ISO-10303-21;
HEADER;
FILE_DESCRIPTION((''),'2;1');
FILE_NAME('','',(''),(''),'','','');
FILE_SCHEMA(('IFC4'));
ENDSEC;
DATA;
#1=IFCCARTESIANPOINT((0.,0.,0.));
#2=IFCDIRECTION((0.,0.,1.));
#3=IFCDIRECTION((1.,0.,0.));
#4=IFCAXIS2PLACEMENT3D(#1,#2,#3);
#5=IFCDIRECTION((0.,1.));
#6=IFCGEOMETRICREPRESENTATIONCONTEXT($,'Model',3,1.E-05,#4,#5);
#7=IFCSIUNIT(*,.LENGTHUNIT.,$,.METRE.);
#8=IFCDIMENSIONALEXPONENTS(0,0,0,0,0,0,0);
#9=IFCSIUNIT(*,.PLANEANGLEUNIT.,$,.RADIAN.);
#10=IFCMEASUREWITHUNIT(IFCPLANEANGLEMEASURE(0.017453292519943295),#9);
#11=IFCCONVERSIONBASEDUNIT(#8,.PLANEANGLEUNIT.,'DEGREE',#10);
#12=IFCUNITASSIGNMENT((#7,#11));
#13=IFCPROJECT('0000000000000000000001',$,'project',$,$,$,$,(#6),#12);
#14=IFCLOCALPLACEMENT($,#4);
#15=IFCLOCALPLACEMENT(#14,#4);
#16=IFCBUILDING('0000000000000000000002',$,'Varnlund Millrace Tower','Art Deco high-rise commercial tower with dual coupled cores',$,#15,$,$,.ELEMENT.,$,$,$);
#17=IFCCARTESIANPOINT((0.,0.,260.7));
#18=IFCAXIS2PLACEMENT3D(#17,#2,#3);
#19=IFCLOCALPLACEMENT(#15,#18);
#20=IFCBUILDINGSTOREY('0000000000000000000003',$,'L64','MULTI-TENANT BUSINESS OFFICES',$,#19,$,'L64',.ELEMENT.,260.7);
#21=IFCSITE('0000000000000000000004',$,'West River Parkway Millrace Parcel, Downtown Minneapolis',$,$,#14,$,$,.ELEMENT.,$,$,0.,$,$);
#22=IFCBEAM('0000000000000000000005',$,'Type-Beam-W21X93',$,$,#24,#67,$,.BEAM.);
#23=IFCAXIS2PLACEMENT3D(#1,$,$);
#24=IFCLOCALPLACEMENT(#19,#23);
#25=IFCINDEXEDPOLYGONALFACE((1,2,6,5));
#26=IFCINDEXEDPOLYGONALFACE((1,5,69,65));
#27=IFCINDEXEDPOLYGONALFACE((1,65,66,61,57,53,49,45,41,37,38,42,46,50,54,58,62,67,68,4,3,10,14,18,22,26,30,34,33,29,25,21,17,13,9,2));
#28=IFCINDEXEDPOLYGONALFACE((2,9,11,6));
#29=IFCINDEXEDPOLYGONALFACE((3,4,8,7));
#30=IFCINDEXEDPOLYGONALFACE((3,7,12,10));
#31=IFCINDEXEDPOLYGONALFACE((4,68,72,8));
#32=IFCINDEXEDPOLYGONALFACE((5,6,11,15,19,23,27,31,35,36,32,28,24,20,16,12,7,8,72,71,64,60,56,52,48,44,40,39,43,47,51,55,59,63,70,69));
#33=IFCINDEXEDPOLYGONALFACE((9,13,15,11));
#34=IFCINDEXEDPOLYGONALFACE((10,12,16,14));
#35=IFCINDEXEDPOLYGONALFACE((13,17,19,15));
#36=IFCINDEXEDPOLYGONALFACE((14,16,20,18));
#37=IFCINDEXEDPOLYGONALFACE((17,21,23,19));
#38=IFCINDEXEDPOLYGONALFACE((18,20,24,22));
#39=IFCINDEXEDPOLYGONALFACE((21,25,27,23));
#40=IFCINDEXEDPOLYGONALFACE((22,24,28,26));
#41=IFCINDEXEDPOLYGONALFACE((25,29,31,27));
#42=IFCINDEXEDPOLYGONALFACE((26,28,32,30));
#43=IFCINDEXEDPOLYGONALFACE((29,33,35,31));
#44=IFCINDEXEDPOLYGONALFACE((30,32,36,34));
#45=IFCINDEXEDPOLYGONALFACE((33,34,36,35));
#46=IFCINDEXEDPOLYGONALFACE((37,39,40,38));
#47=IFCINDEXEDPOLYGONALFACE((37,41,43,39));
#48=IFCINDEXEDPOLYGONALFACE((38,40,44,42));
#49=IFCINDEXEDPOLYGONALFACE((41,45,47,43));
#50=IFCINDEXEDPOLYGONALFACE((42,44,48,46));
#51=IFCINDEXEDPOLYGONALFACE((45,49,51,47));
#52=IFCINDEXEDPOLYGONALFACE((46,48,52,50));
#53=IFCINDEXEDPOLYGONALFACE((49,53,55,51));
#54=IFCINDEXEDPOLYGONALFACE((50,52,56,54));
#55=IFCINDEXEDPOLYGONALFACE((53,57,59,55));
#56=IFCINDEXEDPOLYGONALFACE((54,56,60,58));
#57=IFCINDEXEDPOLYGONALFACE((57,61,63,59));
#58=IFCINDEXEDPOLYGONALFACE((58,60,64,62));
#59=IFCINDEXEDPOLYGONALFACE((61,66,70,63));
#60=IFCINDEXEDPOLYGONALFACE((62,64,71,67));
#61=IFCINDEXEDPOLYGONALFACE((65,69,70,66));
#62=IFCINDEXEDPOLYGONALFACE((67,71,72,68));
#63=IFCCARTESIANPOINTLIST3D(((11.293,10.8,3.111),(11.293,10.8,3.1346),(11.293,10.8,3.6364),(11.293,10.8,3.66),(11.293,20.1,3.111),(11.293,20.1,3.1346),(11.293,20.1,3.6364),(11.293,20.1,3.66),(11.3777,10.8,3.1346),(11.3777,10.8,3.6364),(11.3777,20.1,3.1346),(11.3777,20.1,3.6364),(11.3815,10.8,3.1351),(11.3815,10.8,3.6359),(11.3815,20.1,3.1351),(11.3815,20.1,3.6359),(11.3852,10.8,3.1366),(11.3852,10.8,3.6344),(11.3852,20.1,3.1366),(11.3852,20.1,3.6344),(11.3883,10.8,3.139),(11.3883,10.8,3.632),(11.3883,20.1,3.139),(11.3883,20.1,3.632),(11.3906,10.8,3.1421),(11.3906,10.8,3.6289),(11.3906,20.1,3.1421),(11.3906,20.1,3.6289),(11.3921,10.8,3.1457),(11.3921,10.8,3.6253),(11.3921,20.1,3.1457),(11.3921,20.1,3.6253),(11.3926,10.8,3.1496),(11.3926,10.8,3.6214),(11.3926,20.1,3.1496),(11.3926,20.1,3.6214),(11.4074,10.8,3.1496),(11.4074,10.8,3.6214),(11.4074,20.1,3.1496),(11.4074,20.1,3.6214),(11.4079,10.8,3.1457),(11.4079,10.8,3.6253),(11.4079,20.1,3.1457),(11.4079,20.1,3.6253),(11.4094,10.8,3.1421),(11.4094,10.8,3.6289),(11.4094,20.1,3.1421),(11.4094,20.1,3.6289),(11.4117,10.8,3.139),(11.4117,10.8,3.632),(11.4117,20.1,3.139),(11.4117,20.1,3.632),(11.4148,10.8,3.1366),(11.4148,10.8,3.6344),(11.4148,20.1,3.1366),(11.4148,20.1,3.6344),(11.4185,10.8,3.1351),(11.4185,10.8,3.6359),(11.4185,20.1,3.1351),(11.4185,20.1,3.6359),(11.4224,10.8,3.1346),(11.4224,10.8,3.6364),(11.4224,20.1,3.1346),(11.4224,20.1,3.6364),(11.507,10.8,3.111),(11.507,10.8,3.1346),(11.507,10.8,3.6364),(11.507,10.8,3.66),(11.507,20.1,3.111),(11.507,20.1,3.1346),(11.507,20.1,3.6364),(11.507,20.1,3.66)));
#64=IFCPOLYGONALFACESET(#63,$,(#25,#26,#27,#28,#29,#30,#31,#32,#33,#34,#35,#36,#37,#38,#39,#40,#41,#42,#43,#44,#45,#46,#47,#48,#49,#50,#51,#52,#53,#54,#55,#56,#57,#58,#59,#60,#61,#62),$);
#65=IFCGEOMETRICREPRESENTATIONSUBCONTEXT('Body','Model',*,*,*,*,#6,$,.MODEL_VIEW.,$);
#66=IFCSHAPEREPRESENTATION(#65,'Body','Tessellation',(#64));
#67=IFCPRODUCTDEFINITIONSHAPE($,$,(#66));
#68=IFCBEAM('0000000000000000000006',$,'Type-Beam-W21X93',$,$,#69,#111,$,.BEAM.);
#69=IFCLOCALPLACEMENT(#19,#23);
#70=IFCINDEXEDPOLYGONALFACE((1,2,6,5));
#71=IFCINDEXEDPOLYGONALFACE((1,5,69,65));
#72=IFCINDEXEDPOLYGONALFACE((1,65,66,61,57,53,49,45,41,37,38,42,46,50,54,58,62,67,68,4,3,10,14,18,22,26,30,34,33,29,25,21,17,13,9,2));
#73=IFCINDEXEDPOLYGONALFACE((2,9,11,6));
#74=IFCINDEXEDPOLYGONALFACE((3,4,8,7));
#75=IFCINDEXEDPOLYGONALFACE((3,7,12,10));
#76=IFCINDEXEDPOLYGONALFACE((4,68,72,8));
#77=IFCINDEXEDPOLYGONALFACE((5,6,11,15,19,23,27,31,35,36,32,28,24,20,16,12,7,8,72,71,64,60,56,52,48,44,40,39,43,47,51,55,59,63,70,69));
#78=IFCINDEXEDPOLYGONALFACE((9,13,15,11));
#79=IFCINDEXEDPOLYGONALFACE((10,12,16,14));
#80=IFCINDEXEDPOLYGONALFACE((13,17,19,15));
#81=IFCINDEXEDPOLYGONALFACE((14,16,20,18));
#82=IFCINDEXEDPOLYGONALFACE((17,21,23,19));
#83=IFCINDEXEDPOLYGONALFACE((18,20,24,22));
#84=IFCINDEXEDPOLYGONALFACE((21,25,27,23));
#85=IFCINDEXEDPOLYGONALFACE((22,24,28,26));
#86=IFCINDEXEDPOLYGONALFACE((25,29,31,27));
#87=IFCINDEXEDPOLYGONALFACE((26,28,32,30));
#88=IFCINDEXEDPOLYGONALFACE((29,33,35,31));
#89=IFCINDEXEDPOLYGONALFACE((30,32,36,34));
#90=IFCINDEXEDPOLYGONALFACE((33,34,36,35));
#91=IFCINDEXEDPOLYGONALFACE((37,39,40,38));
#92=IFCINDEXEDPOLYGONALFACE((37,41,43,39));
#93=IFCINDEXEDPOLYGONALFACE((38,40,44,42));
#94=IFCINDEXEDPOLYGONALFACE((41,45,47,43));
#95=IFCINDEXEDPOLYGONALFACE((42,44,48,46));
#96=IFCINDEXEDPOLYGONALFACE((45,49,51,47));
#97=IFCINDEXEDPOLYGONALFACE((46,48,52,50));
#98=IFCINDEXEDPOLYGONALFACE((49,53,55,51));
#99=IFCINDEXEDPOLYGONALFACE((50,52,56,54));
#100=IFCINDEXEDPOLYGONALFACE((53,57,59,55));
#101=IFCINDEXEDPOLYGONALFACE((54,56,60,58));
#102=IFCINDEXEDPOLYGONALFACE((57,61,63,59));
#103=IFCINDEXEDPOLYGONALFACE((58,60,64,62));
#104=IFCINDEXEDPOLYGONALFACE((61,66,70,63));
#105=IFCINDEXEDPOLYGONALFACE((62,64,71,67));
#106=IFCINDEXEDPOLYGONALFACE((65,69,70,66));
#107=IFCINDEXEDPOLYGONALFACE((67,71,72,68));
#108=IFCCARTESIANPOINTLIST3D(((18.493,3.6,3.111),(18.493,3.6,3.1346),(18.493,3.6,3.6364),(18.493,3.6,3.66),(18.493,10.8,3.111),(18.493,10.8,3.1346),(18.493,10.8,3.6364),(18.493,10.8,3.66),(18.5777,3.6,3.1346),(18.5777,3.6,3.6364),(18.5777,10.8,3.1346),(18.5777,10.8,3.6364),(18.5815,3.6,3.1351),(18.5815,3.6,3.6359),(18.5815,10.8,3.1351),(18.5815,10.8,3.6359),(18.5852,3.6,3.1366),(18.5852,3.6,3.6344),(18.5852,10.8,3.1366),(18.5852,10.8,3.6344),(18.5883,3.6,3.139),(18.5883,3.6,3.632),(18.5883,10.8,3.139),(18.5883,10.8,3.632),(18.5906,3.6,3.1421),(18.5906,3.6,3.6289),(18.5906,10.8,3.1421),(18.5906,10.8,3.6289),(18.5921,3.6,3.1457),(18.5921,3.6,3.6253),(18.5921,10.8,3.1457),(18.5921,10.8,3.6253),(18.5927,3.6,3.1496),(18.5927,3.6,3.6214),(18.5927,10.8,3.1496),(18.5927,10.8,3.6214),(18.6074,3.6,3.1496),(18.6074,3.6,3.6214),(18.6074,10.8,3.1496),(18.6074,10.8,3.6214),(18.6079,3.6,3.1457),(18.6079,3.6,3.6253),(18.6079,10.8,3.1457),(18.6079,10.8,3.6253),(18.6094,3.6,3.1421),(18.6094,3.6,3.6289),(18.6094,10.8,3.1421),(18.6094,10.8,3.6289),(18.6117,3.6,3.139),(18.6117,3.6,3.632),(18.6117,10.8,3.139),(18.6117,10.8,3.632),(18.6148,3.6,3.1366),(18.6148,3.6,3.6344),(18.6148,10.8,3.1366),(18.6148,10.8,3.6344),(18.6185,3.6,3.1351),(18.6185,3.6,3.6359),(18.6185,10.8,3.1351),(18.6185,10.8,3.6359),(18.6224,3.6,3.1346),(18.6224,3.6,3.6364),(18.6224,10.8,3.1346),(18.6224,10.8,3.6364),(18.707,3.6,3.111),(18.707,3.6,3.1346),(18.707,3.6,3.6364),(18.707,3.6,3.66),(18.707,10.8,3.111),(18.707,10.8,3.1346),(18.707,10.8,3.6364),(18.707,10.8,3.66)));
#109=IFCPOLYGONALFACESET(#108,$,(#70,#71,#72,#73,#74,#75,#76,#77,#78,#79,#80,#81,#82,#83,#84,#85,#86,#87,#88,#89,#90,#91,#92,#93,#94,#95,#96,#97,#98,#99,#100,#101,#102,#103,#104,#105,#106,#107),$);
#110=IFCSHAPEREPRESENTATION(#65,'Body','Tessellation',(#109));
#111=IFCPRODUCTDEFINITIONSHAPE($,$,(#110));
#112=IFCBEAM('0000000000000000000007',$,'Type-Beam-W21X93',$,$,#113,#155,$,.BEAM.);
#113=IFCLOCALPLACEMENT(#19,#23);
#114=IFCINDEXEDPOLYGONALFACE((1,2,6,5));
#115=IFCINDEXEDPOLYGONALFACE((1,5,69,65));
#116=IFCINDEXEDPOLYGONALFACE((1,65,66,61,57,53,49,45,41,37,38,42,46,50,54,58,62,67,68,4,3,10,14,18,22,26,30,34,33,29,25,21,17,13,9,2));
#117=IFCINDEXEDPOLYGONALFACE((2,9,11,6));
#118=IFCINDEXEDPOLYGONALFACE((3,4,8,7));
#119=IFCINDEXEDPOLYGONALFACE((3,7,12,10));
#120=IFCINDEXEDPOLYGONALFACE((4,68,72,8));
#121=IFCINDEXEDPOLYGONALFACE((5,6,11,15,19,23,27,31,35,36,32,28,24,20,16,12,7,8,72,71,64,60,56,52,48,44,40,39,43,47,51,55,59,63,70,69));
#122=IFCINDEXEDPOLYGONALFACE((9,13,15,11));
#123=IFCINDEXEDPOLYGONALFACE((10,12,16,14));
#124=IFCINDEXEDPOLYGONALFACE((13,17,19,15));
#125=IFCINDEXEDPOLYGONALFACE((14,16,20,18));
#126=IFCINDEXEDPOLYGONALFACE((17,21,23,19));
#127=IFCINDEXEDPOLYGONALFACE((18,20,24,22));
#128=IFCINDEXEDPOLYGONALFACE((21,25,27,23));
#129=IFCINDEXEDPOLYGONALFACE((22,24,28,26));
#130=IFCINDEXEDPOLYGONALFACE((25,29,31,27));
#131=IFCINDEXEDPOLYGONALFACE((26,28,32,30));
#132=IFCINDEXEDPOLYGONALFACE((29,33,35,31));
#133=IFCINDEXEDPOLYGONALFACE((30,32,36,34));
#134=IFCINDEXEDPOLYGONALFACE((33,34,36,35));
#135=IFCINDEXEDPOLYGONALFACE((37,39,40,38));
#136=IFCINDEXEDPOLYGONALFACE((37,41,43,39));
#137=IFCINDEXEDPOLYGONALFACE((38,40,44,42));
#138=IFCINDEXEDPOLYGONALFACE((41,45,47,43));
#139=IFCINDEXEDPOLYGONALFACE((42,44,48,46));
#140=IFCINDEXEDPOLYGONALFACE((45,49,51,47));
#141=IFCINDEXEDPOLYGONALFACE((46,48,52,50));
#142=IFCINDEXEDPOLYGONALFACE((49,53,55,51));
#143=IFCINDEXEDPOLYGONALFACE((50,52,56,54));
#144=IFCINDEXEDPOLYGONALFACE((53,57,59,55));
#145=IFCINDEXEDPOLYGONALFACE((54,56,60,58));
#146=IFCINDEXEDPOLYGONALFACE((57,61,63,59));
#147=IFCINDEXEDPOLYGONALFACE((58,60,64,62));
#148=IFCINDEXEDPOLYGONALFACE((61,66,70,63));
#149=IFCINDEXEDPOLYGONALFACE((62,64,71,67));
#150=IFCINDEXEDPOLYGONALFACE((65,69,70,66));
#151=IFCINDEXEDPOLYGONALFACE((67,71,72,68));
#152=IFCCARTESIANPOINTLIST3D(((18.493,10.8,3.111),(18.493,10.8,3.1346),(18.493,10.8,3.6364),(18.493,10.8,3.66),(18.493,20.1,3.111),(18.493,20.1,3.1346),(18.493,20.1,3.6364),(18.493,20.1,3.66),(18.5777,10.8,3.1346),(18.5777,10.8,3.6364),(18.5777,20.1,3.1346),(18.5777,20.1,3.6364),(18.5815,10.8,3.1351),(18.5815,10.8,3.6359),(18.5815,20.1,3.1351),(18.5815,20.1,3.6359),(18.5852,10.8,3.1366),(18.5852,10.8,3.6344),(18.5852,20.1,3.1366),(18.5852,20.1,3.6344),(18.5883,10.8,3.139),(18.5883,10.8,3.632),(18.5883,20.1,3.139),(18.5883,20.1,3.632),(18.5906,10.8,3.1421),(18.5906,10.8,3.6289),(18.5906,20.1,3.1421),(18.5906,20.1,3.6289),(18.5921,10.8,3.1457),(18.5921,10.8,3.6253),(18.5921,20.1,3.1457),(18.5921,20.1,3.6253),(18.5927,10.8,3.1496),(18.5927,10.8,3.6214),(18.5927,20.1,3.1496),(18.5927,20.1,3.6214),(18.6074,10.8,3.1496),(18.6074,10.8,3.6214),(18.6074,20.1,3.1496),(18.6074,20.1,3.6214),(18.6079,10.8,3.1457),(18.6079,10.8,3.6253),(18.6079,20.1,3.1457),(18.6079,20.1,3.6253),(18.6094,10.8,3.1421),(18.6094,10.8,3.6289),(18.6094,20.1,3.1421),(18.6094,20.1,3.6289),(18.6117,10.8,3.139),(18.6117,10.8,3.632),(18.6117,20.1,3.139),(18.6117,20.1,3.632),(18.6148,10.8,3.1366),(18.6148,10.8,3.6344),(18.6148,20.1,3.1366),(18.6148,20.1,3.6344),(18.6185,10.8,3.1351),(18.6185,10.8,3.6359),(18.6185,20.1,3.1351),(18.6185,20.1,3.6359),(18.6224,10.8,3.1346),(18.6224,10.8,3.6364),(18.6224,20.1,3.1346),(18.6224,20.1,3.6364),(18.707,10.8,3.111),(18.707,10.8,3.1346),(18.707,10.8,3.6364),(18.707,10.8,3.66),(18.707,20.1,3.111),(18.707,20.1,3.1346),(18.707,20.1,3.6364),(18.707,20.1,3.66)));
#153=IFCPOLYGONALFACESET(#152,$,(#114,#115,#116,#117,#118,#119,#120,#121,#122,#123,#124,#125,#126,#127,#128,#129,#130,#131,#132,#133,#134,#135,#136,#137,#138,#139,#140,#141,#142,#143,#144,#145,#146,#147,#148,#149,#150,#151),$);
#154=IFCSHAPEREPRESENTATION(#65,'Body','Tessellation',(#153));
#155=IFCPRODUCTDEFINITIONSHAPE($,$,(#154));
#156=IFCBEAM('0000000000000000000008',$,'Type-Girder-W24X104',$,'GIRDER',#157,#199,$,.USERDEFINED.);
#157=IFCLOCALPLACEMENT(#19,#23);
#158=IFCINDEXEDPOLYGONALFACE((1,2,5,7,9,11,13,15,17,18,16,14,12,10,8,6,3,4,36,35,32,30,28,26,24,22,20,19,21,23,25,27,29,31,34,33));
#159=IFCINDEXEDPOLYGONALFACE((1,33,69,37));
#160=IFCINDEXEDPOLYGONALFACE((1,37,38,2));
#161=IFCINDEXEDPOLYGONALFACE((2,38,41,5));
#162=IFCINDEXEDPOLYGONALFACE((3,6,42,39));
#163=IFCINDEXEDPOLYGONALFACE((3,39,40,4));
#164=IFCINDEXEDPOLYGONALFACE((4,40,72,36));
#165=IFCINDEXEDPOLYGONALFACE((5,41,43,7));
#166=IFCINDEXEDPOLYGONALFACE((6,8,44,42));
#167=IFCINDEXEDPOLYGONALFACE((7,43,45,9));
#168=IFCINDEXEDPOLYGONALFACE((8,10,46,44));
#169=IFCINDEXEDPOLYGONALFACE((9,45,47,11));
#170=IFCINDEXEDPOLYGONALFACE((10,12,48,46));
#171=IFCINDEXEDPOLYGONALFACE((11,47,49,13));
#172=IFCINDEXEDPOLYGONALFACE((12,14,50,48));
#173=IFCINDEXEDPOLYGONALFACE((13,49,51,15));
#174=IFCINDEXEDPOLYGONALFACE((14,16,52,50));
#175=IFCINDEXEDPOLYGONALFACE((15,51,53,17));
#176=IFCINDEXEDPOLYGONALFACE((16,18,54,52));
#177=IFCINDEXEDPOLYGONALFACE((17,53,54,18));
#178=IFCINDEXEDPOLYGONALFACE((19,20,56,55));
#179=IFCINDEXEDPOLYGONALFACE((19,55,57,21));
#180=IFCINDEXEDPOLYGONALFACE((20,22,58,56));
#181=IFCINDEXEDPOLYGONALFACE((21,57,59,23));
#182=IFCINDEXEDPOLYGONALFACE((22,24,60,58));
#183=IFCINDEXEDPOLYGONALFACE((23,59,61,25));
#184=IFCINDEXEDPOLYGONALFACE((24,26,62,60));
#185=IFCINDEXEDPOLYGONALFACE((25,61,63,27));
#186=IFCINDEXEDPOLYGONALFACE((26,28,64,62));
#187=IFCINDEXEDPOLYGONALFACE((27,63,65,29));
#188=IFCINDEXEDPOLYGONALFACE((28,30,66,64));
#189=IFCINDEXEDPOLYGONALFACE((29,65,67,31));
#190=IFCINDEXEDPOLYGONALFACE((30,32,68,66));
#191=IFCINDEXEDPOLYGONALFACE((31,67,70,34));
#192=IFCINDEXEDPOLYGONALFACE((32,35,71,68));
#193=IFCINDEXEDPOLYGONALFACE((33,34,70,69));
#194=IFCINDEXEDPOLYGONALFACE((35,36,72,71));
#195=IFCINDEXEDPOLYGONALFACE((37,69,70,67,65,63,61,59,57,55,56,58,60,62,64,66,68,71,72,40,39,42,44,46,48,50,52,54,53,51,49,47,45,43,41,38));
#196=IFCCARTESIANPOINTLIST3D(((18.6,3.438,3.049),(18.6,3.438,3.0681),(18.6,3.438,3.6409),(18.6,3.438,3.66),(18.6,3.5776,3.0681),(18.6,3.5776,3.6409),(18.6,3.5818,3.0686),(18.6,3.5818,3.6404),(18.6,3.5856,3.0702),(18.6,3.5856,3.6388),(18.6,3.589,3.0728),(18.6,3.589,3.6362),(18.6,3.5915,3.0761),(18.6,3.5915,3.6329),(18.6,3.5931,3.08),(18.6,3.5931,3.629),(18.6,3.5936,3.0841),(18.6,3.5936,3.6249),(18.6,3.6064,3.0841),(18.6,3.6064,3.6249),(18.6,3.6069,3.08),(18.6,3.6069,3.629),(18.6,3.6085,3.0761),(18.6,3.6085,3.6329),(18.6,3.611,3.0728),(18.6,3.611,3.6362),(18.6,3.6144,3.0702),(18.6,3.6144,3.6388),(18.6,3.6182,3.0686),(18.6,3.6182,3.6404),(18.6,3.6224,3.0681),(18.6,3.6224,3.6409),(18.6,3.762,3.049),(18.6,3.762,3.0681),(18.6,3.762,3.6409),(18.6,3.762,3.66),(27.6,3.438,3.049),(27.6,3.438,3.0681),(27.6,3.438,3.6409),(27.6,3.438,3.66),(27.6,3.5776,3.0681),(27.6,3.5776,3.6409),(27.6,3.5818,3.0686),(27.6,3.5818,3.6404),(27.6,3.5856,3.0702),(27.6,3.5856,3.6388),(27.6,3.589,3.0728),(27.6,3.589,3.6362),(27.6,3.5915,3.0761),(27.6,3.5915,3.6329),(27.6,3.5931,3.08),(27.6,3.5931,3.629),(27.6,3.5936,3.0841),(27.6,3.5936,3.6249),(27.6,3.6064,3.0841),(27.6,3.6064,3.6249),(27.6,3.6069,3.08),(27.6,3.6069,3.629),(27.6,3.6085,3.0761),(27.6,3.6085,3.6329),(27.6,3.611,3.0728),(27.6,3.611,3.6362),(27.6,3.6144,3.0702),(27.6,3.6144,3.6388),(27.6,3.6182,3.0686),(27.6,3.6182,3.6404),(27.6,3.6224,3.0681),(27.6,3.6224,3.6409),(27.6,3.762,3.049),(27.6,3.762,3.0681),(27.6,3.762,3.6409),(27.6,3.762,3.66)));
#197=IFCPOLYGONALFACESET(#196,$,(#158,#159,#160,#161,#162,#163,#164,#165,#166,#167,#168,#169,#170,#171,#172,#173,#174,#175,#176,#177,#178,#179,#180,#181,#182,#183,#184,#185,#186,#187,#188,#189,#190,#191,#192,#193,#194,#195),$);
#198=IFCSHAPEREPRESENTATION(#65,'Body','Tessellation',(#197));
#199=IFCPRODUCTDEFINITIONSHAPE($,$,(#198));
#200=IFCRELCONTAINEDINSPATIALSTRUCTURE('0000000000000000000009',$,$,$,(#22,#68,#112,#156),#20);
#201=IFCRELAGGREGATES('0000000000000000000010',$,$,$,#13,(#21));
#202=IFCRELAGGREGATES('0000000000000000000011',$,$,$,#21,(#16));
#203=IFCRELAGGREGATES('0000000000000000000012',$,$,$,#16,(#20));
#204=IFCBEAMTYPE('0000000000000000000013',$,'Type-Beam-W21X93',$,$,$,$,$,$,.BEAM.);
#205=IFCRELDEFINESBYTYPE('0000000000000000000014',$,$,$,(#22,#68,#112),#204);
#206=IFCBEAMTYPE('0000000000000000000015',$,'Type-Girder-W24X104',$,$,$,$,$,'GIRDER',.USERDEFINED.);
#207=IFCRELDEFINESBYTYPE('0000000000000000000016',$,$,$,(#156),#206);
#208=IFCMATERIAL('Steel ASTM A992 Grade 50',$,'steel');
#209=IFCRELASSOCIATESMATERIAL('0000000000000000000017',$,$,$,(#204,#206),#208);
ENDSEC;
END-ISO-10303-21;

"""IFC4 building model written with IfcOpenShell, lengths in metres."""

from ifc_helpers import new_model, entity, si_unit, converted_unit, direction, frame, origin_with_axes, origin_2d_with_axis, place, context, subcontext, project, spatial, i_section, extrude, material, material_profile, profile_set, type_object, element, save


model = new_model("IFC4")

# Units and contexts
model_context = context("Model", 3, precision=1e-05, world=origin_with_axes(), true_north=direction((0.0, 1.0)))
body_context = subcontext(model_context, "Body", "Model", "MODEL_VIEW")
ifc_project = project(units=[si_unit("LENGTHUNIT", "METRE"), converted_unit("PLANEANGLEUNIT", "DEGREE", entity("IfcPlaneAngleMeasure", 0.017453292519943295), si_unit("PLANEANGLEUNIT", "RADIAN"), dimensions=[0, 0, 0, 0, 0, 0, 0])], contexts=[model_context])

# Site, building, storey
site_placement = place(None, origin_with_axes())
site = spatial("IfcSite", under=ifc_project, at=site_placement, Name="West River Parkway Millrace Parcel, Downtown Minneapolis", CompositionType="ELEMENT", RefElevation=0.0)
building_placement = place(site_placement, origin_with_axes())
building = spatial("IfcBuilding", under=site, at=building_placement, Name="Varnlund Millrace Tower", Description="Art Deco high-rise commercial tower with dual coupled cores", CompositionType="ELEMENT")
storey_placement = place(building_placement, frame((0.0, 0.0, 260.7), z_axis=(0.0, 0.0, 1.0), x_axis=(1.0, 0.0, 0.0)))
storey = spatial("IfcBuildingStorey", under=building, at=storey_placement, Name="L64", Description="MULTI-TENANT BUSINESS OFFICES", LongName="L64", CompositionType="ELEMENT", Elevation=260.7)

# Beams
ifc_material_1 = material(Name="Steel ASTM A992 Grade 50", Category="steel")
ifc_material_profile_1 = material_profile(ifc_material_1, i_section(OverallWidth=0.214, OverallDepth=0.549, WebThickness=0.0147, FlangeThickness=0.0236, FilletRadius=0.015, at=origin_2d_with_axis()), Name="Steel ASTM A992 Grade 50")
ifc_profile_set_1 = profile_set([ifc_material_profile_1], Name="Steel ASTM A992 Grade 50")
beam_type_1 = type_object("IfcBeamType", Name="Type-Beam-W21X93", PredefinedType="BEAM", material=ifc_profile_set_1)
beam_1_placement = place(storey_placement, frame((11.4, 10.8, 3.3855), z_axis=(0.0, 1.0, 0.0), x_axis=(-1.0, 0.0, 0.0)))
element("IfcBeam", 1, at=beam_1_placement, inside=storey, type_object=beam_type_1, Name="Type-Beam-W21X93", PredefinedType="BEAM", context=body_context, shape_type="SweptSolid", body=[
    extrude(i_section(OverallWidth=0.214, OverallDepth=0.549, WebThickness=0.0147, FlangeThickness=0.0236, FilletRadius=0.015, at=origin_2d_with_axis()), origin_with_axes(), (0.0, 0.0, 1.0), 9.3),
])
beam_2_placement = place(storey_placement, frame((18.6, 3.6, 3.3855), z_axis=(0.0, 1.0, 0.0), x_axis=(-1.0, 0.0, 0.0)))
element("IfcBeam", 2, at=beam_2_placement, inside=storey, type_object=beam_type_1, Name="Type-Beam-W21X93", PredefinedType="BEAM", context=body_context, shape_type="SweptSolid", body=[
    extrude(i_section(OverallWidth=0.214, OverallDepth=0.549, WebThickness=0.0147, FlangeThickness=0.0236, FilletRadius=0.015, at=origin_2d_with_axis()), origin_with_axes(), (0.0, 0.0, 1.0), 7.2),
])
beam_3_placement = place(storey_placement, frame((18.6, 10.8, 3.3855), z_axis=(0.0, 1.0, 0.0), x_axis=(-1.0, 0.0, 0.0)))
element("IfcBeam", 3, at=beam_3_placement, inside=storey, type_object=beam_type_1, Name="Type-Beam-W21X93", PredefinedType="BEAM", context=body_context, shape_type="SweptSolid", body=[
    extrude(i_section(OverallWidth=0.214, OverallDepth=0.549, WebThickness=0.0147, FlangeThickness=0.0236, FilletRadius=0.015, at=origin_2d_with_axis()), origin_with_axes(), (0.0, 0.0, 1.0), 9.3),
])
ifc_material_profile_2 = material_profile(ifc_material_1, i_section(OverallWidth=0.324, OverallDepth=0.611, WebThickness=0.0127, FlangeThickness=0.0191, FilletRadius=0.016, at=origin_2d_with_axis()), Name="Steel ASTM A992 Grade 50")
ifc_profile_set_2 = profile_set([ifc_material_profile_2], Name="Steel ASTM A992 Grade 50")
beam_type_2 = type_object("IfcBeamType", Name="Type-Girder-W24X104", ElementType="GIRDER", PredefinedType="USERDEFINED", material=ifc_profile_set_2)
beam_4_placement = place(storey_placement, frame((18.6, 3.6, 3.3545), z_axis=(1.0, 0.0, 0.0), x_axis=(0.0, 1.0, 0.0)))
element("IfcBeam", 4, at=beam_4_placement, inside=storey, type_object=beam_type_2, Name="Type-Girder-W24X104", ObjectType="GIRDER", PredefinedType="USERDEFINED", context=body_context, shape_type="SweptSolid", body=[
    extrude(i_section(OverallWidth=0.324, OverallDepth=0.611, WebThickness=0.0127, FlangeThickness=0.0191, FilletRadius=0.016, at=origin_2d_with_axis()), origin_with_axes(), (0.0, 0.0, 1.0), 9.0),
])

save(model, "model.ifc")
